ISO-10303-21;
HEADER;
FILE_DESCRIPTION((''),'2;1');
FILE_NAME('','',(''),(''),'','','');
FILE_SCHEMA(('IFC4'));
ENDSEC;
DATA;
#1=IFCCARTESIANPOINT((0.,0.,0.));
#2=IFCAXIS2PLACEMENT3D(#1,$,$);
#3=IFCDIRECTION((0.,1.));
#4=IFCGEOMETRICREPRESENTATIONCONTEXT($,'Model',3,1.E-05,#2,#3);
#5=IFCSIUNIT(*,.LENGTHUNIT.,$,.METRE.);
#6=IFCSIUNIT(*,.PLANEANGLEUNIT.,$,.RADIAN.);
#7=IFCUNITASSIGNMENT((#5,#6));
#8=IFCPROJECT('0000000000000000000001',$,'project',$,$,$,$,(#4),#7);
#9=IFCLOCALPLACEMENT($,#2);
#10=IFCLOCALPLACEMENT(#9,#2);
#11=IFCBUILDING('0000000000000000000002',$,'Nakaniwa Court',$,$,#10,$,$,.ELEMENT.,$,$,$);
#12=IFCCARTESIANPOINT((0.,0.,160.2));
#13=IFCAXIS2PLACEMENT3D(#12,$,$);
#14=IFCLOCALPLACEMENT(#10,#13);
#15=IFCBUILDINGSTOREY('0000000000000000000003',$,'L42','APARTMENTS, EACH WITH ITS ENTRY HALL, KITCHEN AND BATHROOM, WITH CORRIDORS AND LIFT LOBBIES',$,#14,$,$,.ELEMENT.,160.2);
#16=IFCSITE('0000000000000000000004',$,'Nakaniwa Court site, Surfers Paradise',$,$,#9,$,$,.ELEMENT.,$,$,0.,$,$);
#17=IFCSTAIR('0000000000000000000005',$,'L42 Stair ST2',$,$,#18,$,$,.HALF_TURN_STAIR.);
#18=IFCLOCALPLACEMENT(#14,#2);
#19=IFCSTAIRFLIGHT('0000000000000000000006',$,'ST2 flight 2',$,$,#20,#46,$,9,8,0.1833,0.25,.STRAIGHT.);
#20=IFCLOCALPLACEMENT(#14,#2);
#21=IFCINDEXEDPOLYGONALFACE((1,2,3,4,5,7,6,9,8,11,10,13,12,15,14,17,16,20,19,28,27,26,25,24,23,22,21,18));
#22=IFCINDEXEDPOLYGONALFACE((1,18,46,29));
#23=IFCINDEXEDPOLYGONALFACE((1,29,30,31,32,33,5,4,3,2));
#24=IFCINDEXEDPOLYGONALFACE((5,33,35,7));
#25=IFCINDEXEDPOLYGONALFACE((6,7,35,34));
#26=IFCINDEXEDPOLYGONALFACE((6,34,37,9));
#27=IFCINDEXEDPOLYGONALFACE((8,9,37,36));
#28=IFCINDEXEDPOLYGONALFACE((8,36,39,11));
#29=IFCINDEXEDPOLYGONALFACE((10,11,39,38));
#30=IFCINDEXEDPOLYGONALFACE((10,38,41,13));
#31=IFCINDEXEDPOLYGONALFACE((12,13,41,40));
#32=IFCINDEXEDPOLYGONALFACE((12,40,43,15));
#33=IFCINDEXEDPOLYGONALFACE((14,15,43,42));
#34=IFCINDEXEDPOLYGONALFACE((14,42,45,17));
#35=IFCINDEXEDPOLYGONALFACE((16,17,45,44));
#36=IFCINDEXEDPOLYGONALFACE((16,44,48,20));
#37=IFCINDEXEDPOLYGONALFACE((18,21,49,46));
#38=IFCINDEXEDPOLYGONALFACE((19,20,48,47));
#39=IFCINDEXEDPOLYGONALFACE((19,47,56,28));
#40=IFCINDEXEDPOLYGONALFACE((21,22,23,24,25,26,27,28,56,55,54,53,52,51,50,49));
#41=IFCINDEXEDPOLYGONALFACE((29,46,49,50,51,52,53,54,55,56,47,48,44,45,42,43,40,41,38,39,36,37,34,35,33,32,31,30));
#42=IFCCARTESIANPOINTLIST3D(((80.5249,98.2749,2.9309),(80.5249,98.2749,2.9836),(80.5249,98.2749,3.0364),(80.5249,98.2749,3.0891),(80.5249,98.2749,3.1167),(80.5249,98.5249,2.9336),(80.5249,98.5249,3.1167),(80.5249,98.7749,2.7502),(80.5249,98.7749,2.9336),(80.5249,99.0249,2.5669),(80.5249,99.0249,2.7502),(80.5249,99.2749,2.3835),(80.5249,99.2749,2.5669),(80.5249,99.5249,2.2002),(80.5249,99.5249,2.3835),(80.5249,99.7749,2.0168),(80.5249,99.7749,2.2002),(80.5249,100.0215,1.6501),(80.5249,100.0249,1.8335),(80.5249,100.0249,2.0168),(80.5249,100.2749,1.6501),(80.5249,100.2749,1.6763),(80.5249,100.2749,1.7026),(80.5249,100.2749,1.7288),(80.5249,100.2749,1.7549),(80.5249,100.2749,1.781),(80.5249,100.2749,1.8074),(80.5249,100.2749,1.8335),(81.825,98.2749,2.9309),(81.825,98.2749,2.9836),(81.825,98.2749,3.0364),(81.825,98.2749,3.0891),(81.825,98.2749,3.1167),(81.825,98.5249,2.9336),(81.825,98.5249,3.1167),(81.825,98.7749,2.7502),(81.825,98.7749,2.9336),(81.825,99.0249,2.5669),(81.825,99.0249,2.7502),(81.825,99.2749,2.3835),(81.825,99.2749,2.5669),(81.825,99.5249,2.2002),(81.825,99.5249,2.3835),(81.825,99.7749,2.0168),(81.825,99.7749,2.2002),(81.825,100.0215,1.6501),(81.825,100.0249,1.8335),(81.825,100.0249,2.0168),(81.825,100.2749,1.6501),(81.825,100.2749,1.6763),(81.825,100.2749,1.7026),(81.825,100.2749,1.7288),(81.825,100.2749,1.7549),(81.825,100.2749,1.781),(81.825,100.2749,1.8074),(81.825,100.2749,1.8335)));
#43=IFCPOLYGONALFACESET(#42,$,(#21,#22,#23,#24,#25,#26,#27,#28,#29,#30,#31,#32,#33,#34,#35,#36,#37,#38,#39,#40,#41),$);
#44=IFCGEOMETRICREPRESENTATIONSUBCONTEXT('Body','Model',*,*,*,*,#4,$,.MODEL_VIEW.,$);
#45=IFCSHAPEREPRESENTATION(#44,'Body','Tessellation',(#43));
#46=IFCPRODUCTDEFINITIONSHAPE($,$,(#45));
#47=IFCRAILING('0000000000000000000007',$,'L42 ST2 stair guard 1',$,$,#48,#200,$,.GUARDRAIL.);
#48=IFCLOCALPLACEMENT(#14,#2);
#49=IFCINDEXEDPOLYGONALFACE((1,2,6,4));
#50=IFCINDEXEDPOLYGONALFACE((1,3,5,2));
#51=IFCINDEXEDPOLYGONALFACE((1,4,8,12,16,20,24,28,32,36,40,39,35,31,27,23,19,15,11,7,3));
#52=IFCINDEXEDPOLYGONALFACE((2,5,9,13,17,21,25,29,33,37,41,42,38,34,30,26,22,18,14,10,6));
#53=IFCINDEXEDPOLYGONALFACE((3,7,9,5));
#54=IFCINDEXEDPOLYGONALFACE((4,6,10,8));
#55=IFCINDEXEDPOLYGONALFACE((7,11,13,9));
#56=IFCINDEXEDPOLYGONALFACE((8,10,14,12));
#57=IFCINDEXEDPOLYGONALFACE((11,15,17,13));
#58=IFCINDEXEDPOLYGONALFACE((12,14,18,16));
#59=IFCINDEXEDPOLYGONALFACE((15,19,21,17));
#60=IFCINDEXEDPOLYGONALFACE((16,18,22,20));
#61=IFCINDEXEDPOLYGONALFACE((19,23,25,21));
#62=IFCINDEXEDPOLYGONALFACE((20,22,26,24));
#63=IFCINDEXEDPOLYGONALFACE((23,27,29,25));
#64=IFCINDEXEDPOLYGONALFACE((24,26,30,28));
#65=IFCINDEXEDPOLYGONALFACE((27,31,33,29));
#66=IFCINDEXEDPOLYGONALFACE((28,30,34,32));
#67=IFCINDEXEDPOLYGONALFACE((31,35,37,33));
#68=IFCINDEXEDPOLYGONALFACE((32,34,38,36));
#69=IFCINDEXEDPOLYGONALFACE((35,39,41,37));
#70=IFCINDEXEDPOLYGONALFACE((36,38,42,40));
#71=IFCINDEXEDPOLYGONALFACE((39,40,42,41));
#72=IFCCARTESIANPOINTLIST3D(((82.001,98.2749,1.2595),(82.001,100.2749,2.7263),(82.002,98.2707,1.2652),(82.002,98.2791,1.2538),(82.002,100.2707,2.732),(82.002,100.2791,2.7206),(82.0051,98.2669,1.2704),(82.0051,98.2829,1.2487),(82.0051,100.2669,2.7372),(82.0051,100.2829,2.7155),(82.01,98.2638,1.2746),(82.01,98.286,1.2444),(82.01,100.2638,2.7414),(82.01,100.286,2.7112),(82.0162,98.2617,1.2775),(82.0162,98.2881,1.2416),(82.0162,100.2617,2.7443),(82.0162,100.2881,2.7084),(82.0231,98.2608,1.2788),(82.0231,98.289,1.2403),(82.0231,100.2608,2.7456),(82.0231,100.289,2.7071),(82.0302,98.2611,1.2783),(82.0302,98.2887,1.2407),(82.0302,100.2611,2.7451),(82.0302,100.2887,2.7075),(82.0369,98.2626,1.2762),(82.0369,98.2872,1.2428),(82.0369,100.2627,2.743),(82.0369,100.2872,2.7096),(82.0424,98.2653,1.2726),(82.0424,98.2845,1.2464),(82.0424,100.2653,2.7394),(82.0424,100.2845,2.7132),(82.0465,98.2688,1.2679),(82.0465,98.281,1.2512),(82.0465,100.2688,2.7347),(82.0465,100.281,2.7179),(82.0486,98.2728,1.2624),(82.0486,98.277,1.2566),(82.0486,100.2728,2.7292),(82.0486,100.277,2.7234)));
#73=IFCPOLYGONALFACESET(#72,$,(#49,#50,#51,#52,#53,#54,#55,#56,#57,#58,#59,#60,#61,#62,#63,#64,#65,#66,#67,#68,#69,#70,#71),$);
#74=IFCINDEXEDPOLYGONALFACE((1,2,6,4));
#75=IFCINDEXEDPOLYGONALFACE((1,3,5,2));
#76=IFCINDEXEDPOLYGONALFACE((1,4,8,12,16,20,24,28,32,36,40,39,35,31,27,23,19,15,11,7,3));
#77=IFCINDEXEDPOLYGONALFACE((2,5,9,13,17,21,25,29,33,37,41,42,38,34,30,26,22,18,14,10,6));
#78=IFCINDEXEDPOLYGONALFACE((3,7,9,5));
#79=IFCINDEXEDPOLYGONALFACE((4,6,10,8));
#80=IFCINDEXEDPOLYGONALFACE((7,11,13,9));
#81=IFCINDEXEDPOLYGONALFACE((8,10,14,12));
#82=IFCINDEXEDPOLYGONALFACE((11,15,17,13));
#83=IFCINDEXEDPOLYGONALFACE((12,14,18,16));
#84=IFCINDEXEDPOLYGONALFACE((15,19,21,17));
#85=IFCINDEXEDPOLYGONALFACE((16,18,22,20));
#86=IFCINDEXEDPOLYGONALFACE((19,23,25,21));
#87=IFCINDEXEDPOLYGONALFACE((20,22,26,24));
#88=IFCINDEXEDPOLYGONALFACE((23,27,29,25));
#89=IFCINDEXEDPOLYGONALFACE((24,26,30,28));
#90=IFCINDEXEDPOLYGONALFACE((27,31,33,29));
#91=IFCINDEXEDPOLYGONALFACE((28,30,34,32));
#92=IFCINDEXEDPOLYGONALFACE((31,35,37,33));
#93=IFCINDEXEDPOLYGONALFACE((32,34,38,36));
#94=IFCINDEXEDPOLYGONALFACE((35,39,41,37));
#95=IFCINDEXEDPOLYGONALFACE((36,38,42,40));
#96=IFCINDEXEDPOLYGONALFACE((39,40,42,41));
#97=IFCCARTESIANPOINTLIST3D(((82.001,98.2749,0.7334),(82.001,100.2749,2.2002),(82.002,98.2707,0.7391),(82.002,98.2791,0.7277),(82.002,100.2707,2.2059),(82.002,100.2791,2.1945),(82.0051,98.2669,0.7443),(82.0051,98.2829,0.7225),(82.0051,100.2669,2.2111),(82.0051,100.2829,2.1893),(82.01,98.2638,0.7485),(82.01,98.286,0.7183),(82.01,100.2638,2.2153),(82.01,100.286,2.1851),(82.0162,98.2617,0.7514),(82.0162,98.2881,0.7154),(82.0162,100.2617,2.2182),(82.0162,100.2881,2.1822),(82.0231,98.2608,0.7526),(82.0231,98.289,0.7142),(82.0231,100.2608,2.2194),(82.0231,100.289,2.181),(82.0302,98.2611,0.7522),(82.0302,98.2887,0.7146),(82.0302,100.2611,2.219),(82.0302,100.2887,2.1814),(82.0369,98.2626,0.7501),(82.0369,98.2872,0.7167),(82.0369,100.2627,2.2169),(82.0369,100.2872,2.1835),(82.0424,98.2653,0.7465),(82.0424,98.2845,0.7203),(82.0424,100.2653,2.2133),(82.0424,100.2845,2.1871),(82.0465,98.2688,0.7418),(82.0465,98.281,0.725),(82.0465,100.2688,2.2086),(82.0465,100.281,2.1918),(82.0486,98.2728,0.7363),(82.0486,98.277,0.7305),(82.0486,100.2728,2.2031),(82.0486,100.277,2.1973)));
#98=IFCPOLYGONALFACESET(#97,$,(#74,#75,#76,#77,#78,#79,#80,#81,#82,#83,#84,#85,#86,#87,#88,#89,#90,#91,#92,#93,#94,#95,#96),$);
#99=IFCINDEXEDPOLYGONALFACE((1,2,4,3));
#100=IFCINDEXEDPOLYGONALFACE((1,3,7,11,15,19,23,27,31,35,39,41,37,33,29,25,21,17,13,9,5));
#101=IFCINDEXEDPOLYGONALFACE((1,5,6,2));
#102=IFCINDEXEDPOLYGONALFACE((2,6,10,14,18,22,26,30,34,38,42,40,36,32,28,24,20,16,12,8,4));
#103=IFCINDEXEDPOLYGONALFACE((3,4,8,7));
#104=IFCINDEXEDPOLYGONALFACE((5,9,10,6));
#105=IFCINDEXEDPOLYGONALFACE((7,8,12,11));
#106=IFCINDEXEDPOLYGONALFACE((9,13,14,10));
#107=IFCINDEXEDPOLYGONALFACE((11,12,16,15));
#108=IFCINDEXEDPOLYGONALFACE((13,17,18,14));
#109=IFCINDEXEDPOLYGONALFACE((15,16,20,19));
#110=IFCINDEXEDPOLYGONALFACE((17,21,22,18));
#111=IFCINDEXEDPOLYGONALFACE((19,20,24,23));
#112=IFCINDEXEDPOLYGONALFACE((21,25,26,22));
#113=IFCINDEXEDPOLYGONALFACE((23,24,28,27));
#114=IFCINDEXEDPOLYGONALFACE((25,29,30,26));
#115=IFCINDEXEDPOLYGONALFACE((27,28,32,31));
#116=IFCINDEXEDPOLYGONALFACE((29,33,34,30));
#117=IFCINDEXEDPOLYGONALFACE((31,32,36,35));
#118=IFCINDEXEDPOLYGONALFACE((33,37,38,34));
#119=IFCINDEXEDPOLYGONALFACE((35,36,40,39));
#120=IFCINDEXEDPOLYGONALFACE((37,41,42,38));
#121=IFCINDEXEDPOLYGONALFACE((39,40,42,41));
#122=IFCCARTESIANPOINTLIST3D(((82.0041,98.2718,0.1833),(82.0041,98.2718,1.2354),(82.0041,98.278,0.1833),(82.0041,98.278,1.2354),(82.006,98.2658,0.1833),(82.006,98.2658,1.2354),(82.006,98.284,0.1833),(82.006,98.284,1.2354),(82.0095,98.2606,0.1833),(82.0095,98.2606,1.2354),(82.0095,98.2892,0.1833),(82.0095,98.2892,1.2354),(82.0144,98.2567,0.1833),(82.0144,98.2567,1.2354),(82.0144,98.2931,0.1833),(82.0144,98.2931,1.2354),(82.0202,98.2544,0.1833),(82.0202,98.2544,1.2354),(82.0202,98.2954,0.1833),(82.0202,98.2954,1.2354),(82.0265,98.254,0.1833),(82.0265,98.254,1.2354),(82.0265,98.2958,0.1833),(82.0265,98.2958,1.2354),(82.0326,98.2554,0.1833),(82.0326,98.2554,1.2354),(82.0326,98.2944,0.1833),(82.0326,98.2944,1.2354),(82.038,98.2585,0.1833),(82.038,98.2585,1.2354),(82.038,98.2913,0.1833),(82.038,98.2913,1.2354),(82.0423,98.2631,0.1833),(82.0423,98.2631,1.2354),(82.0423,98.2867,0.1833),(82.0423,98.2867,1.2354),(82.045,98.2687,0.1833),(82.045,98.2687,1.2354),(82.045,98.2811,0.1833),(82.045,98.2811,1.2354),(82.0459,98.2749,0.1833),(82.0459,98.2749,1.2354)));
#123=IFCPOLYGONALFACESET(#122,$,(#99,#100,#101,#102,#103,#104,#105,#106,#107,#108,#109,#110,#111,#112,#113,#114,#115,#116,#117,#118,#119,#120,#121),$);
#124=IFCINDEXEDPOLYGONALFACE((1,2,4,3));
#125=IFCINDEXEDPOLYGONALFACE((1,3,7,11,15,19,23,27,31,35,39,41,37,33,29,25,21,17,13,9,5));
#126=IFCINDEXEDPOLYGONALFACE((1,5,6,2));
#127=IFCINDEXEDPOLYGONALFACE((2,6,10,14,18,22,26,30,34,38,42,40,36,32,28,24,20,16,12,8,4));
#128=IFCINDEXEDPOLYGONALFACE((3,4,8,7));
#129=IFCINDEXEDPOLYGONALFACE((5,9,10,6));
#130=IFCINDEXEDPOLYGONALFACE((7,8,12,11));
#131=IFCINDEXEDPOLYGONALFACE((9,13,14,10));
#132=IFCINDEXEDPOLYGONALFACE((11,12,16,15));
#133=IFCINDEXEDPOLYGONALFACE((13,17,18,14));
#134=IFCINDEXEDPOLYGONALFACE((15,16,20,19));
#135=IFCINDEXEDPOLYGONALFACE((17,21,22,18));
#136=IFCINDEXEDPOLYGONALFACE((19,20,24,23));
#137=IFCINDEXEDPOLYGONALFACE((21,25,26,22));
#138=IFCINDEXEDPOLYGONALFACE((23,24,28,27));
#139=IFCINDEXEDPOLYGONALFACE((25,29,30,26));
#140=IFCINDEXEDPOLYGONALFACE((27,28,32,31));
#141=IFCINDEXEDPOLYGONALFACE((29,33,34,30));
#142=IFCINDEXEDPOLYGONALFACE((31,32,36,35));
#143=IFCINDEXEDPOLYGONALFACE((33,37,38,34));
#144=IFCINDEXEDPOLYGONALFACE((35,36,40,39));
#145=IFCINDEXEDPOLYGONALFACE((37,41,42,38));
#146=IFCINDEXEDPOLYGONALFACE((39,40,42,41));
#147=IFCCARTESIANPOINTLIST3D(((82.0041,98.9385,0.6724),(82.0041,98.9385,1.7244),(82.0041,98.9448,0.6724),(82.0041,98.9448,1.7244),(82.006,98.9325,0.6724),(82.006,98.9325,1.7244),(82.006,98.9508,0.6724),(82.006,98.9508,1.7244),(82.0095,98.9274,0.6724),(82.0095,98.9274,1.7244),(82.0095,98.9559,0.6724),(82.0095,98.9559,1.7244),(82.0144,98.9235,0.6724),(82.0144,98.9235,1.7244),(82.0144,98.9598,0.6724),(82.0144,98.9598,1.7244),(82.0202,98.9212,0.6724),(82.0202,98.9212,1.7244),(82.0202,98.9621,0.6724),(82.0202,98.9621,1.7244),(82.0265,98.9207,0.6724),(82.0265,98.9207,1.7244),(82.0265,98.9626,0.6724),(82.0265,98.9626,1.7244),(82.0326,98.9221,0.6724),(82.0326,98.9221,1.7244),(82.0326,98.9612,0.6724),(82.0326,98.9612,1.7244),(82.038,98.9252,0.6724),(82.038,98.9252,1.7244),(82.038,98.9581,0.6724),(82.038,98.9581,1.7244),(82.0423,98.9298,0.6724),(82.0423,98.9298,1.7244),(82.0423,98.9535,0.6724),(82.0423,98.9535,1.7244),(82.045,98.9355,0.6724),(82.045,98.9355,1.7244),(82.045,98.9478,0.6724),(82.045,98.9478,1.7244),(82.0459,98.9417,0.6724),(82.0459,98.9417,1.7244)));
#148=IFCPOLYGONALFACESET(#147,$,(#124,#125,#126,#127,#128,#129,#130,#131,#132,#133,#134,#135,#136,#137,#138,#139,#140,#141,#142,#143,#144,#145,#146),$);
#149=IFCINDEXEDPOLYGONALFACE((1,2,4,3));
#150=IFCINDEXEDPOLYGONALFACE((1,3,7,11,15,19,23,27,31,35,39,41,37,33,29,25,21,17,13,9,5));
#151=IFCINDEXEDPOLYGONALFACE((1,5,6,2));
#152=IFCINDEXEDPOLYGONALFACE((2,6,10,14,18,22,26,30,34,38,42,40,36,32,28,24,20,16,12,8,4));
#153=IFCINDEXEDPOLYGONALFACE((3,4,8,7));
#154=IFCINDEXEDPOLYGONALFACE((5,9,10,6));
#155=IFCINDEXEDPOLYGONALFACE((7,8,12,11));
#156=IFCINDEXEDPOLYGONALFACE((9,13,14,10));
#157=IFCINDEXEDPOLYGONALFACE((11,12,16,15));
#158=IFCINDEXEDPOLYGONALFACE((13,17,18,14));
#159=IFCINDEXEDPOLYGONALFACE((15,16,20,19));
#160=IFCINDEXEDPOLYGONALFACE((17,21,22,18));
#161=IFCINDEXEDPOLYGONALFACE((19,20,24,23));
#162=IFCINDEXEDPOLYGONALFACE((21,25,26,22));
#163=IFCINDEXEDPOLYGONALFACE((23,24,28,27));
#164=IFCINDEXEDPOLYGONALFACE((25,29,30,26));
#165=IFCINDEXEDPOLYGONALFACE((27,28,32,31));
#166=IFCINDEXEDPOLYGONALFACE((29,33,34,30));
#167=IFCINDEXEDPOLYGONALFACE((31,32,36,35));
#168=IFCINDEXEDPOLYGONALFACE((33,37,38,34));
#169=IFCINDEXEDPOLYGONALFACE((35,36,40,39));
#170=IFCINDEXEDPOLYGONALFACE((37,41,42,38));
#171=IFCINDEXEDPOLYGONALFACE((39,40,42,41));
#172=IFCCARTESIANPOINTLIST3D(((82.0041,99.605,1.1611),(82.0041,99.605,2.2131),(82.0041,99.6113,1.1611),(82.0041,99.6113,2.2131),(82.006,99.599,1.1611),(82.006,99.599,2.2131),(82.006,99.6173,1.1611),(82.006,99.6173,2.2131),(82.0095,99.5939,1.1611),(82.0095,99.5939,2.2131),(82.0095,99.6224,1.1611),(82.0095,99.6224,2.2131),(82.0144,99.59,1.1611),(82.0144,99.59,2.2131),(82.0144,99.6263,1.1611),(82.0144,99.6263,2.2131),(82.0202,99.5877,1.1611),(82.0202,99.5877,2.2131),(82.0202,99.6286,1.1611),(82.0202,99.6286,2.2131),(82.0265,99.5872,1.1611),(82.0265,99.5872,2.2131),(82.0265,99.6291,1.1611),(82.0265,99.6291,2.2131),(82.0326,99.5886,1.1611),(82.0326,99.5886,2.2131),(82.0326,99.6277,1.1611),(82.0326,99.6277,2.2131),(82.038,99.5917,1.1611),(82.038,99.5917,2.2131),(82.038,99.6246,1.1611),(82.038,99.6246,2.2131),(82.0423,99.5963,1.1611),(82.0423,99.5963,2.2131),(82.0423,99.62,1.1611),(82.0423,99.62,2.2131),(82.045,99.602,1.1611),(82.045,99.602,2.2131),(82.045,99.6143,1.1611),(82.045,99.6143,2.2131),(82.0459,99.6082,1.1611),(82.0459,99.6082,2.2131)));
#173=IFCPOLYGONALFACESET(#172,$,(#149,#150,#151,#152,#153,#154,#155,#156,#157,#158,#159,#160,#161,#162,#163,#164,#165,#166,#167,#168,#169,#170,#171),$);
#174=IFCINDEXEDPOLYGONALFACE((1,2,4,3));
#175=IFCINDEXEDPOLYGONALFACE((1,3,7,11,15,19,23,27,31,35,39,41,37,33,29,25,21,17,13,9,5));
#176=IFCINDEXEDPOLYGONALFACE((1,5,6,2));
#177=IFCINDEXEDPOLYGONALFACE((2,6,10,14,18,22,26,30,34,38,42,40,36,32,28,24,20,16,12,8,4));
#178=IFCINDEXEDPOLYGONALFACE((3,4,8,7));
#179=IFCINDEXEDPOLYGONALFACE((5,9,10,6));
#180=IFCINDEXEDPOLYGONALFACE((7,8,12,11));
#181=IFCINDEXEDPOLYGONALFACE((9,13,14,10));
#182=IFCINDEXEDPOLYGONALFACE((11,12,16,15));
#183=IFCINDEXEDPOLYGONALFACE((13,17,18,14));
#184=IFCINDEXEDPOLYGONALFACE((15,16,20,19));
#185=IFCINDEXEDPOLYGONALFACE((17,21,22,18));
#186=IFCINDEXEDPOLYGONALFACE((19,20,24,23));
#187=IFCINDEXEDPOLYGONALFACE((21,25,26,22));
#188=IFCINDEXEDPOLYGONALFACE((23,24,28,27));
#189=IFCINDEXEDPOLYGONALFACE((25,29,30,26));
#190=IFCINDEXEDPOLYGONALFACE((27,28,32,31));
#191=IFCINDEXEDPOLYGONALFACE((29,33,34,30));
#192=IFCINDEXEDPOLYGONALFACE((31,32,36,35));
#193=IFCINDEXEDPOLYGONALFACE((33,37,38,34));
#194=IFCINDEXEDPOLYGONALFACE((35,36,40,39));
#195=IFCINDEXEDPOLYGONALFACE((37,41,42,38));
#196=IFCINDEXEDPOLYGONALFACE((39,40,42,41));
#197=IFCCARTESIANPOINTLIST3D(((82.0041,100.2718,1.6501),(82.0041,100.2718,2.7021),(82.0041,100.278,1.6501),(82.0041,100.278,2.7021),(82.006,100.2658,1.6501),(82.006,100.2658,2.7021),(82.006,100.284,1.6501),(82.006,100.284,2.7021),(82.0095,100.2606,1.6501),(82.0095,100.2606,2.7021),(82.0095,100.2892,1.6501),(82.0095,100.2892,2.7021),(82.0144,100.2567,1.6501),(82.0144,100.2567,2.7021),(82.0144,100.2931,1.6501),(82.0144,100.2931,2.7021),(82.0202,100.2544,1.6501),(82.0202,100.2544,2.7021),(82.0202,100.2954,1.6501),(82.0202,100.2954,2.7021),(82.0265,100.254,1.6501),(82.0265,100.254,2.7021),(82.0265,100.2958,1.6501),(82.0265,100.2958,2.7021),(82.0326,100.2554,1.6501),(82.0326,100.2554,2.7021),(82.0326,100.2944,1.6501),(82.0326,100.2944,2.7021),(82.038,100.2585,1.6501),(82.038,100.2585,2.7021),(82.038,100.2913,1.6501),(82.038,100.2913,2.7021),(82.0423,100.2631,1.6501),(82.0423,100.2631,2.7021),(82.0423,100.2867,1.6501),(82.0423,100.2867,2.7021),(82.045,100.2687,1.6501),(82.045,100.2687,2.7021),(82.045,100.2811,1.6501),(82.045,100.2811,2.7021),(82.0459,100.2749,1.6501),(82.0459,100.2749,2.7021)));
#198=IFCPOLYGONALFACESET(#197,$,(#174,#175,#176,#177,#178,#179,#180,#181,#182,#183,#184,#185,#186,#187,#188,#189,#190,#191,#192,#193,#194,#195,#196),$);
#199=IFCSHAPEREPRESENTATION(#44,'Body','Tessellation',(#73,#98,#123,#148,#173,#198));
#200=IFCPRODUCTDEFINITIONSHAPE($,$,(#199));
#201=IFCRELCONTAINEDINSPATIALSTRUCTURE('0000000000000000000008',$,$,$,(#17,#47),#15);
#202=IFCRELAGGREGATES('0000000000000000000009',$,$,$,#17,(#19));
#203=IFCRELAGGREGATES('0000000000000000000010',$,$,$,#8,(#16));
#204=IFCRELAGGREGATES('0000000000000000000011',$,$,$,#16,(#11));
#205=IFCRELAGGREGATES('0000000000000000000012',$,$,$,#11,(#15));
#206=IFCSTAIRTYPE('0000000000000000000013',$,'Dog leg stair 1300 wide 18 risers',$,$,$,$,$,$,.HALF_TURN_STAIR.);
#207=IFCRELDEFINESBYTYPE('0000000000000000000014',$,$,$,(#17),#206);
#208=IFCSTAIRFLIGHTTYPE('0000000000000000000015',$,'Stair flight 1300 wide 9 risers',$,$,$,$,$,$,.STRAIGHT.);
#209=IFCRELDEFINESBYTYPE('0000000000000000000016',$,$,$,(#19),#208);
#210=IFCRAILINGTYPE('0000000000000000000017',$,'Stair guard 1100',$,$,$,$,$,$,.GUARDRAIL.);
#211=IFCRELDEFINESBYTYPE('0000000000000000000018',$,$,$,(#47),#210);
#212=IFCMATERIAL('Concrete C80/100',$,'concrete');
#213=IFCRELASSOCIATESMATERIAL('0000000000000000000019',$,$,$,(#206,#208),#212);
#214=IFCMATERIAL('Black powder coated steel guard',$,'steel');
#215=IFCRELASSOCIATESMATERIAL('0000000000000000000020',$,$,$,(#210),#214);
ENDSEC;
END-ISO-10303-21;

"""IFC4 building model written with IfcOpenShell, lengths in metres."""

from ifc_helpers import new_model, si_unit, direction, frame, origin, origin_2d, place, context, subcontext, project, spatial, polyline, circle, outline, extrude, material, type_object, element, aggregate, save


model = new_model("IFC4")

# Units and contexts
model_context = context("Model", 3, precision=1e-05, world=origin(), true_north=direction((0.0, 1.0)))
body_context = subcontext(model_context, "Body", "Model", "MODEL_VIEW")
ifc_project = project(units=[si_unit("LENGTHUNIT", "METRE"), si_unit("PLANEANGLEUNIT", "RADIAN")], contexts=[model_context])

# Site, building, storey
site_placement = place(None, origin())
site = spatial("IfcSite", under=ifc_project, at=site_placement, Name="Nakaniwa Court site, Surfers Paradise", CompositionType="ELEMENT", RefElevation=0.0)
building_placement = place(site_placement, origin())
building = spatial("IfcBuilding", under=site, at=building_placement, Name="Nakaniwa Court", CompositionType="ELEMENT")
storey_placement = place(building_placement, frame((0.0, 0.0, 160.2)))
storey = spatial("IfcBuildingStorey", under=building, at=storey_placement, Name="L42", Description="APARTMENTS, EACH WITH ITS ENTRY HALL, KITCHEN AND BATHROOM, WITH CORRIDORS AND LIFT LOBBIES", CompositionType="ELEMENT", Elevation=160.2)

# Shared definitions
ifc_material_1 = material(Name="Concrete C80/100", Category="concrete")

# Stair, stair flight
stair_type = type_object("IfcStairType", Name="Dog leg stair 1300 wide 18 risers", PredefinedType="HALF_TURN_STAIR", material=ifc_material_1)
stair_placement = place(storey_placement, origin())
stair = element("IfcStair", 1, at=stair_placement, inside=storey, type_object=stair_type, Name="L42 Stair ST2", PredefinedType="HALF_TURN_STAIR")
stair_flight_type = type_object("IfcStairFlightType", Name="Stair flight 1300 wide 9 risers", PredefinedType="STRAIGHT", material=ifc_material_1)
stair_flight_1_placement = place(storey_placement, frame((81.175, 100.2749, 1.6501), z_axis=(0.0, 0.0, 1.0), x_axis=(0.0, -1.0, 0.0)))
stair_flight_1 = element("IfcStairFlight", 2, at=stair_flight_1_placement, type_object=stair_flight_type, Name="ST2 flight 2", NumberOfRisers=9, NumberOfTreads=8, PredefinedType="STRAIGHT", RiserHeight=0.1833, TreadLength=0.25, context=body_context, shape_type="SweptSolid", body=[
    extrude(outline(polyline([(0.0, 0.0), (0.0, 0.0261), (0.0, 0.0525), (0.0, 0.0786), (0.0, 0.1047), (0.0, 0.1309), (0.0, 0.1572), (0.0, 0.1833), (0.25, 0.1833), (0.25, 0.3667), (0.5, 0.3667), (0.5, 0.55), (0.75, 0.55), (0.75, 0.7334), (1.0, 0.7334), (1.0, 0.9167), (1.25, 0.9167), (1.25, 1.1001), (1.5, 1.1001), (1.5, 1.2834), (1.75, 1.2834), (1.75, 1.4666), (2.0, 1.4666), (2.0, 1.6499), (2.0, 1.5972), (2.0, 1.5444), (2.0, 1.4917), (2.0, 1.439), (2.0, 1.3862), (2.0, 1.3335), (2.0, 1.2808), (0.2534, 0.0), (0.0, 0.0)])), frame((0.0, 0.6499, 0.0), z_axis=(0.0, -1.0, 0.0), x_axis=(1.0, 0.0, 0.0)), (0.0, 0.0, 1.0), 1.3),
])
aggregate(stair, [stair_flight_1])

# Railing
ifc_material_2 = material(Name="Black powder coated steel guard", Category="steel")
railing_type_1 = type_object("IfcRailingType", Name="Stair guard 1100", PredefinedType="GUARDRAIL", material=ifc_material_2)
railing_1_placement = place(storey_placement, frame((82.0249, 98.2749, 0.1833)))
element("IfcRailing", 3, at=railing_1_placement, inside=storey, type_object=railing_type_1, Name="L42 ST2 stair guard 1", PredefinedType="GUARDRAIL", context=body_context, shape_type="SweptSolid", body=[
    extrude(circle(Radius=0.0239, at=origin_2d()), frame((0.0, 0.0, 1.0762), z_axis=(0.0, 0.80638, 0.591398), x_axis=(-1.0, 0.0, 0.0)), (0.0, 0.0, 1.0), 2.4802),
    extrude(circle(Radius=0.0239, at=origin_2d()), frame((0.0, 0.0, 0.55), z_axis=(0.0, 0.80638, 0.591398), x_axis=(-1.0, 0.0, 0.0)), (0.0, 0.0, 1.0), 2.4802),
    extrude(circle(Radius=0.021, at=origin_2d()), origin(), (0.0, 0.0, 1.0), 1.052),
    extrude(circle(Radius=0.021, at=origin_2d()), frame((0.0, 0.6667, 0.489)), (0.0, 0.0, 1.0), 1.052),
    extrude(circle(Radius=0.021, at=origin_2d()), frame((0.0, 1.3333, 0.9778)), (0.0, 0.0, 1.0), 1.052),
    extrude(circle(Radius=0.021, at=origin_2d()), frame((0.0, 2.0, 1.4668)), (0.0, 0.0, 1.0), 1.052),
])

save(model, "model.ifc")
